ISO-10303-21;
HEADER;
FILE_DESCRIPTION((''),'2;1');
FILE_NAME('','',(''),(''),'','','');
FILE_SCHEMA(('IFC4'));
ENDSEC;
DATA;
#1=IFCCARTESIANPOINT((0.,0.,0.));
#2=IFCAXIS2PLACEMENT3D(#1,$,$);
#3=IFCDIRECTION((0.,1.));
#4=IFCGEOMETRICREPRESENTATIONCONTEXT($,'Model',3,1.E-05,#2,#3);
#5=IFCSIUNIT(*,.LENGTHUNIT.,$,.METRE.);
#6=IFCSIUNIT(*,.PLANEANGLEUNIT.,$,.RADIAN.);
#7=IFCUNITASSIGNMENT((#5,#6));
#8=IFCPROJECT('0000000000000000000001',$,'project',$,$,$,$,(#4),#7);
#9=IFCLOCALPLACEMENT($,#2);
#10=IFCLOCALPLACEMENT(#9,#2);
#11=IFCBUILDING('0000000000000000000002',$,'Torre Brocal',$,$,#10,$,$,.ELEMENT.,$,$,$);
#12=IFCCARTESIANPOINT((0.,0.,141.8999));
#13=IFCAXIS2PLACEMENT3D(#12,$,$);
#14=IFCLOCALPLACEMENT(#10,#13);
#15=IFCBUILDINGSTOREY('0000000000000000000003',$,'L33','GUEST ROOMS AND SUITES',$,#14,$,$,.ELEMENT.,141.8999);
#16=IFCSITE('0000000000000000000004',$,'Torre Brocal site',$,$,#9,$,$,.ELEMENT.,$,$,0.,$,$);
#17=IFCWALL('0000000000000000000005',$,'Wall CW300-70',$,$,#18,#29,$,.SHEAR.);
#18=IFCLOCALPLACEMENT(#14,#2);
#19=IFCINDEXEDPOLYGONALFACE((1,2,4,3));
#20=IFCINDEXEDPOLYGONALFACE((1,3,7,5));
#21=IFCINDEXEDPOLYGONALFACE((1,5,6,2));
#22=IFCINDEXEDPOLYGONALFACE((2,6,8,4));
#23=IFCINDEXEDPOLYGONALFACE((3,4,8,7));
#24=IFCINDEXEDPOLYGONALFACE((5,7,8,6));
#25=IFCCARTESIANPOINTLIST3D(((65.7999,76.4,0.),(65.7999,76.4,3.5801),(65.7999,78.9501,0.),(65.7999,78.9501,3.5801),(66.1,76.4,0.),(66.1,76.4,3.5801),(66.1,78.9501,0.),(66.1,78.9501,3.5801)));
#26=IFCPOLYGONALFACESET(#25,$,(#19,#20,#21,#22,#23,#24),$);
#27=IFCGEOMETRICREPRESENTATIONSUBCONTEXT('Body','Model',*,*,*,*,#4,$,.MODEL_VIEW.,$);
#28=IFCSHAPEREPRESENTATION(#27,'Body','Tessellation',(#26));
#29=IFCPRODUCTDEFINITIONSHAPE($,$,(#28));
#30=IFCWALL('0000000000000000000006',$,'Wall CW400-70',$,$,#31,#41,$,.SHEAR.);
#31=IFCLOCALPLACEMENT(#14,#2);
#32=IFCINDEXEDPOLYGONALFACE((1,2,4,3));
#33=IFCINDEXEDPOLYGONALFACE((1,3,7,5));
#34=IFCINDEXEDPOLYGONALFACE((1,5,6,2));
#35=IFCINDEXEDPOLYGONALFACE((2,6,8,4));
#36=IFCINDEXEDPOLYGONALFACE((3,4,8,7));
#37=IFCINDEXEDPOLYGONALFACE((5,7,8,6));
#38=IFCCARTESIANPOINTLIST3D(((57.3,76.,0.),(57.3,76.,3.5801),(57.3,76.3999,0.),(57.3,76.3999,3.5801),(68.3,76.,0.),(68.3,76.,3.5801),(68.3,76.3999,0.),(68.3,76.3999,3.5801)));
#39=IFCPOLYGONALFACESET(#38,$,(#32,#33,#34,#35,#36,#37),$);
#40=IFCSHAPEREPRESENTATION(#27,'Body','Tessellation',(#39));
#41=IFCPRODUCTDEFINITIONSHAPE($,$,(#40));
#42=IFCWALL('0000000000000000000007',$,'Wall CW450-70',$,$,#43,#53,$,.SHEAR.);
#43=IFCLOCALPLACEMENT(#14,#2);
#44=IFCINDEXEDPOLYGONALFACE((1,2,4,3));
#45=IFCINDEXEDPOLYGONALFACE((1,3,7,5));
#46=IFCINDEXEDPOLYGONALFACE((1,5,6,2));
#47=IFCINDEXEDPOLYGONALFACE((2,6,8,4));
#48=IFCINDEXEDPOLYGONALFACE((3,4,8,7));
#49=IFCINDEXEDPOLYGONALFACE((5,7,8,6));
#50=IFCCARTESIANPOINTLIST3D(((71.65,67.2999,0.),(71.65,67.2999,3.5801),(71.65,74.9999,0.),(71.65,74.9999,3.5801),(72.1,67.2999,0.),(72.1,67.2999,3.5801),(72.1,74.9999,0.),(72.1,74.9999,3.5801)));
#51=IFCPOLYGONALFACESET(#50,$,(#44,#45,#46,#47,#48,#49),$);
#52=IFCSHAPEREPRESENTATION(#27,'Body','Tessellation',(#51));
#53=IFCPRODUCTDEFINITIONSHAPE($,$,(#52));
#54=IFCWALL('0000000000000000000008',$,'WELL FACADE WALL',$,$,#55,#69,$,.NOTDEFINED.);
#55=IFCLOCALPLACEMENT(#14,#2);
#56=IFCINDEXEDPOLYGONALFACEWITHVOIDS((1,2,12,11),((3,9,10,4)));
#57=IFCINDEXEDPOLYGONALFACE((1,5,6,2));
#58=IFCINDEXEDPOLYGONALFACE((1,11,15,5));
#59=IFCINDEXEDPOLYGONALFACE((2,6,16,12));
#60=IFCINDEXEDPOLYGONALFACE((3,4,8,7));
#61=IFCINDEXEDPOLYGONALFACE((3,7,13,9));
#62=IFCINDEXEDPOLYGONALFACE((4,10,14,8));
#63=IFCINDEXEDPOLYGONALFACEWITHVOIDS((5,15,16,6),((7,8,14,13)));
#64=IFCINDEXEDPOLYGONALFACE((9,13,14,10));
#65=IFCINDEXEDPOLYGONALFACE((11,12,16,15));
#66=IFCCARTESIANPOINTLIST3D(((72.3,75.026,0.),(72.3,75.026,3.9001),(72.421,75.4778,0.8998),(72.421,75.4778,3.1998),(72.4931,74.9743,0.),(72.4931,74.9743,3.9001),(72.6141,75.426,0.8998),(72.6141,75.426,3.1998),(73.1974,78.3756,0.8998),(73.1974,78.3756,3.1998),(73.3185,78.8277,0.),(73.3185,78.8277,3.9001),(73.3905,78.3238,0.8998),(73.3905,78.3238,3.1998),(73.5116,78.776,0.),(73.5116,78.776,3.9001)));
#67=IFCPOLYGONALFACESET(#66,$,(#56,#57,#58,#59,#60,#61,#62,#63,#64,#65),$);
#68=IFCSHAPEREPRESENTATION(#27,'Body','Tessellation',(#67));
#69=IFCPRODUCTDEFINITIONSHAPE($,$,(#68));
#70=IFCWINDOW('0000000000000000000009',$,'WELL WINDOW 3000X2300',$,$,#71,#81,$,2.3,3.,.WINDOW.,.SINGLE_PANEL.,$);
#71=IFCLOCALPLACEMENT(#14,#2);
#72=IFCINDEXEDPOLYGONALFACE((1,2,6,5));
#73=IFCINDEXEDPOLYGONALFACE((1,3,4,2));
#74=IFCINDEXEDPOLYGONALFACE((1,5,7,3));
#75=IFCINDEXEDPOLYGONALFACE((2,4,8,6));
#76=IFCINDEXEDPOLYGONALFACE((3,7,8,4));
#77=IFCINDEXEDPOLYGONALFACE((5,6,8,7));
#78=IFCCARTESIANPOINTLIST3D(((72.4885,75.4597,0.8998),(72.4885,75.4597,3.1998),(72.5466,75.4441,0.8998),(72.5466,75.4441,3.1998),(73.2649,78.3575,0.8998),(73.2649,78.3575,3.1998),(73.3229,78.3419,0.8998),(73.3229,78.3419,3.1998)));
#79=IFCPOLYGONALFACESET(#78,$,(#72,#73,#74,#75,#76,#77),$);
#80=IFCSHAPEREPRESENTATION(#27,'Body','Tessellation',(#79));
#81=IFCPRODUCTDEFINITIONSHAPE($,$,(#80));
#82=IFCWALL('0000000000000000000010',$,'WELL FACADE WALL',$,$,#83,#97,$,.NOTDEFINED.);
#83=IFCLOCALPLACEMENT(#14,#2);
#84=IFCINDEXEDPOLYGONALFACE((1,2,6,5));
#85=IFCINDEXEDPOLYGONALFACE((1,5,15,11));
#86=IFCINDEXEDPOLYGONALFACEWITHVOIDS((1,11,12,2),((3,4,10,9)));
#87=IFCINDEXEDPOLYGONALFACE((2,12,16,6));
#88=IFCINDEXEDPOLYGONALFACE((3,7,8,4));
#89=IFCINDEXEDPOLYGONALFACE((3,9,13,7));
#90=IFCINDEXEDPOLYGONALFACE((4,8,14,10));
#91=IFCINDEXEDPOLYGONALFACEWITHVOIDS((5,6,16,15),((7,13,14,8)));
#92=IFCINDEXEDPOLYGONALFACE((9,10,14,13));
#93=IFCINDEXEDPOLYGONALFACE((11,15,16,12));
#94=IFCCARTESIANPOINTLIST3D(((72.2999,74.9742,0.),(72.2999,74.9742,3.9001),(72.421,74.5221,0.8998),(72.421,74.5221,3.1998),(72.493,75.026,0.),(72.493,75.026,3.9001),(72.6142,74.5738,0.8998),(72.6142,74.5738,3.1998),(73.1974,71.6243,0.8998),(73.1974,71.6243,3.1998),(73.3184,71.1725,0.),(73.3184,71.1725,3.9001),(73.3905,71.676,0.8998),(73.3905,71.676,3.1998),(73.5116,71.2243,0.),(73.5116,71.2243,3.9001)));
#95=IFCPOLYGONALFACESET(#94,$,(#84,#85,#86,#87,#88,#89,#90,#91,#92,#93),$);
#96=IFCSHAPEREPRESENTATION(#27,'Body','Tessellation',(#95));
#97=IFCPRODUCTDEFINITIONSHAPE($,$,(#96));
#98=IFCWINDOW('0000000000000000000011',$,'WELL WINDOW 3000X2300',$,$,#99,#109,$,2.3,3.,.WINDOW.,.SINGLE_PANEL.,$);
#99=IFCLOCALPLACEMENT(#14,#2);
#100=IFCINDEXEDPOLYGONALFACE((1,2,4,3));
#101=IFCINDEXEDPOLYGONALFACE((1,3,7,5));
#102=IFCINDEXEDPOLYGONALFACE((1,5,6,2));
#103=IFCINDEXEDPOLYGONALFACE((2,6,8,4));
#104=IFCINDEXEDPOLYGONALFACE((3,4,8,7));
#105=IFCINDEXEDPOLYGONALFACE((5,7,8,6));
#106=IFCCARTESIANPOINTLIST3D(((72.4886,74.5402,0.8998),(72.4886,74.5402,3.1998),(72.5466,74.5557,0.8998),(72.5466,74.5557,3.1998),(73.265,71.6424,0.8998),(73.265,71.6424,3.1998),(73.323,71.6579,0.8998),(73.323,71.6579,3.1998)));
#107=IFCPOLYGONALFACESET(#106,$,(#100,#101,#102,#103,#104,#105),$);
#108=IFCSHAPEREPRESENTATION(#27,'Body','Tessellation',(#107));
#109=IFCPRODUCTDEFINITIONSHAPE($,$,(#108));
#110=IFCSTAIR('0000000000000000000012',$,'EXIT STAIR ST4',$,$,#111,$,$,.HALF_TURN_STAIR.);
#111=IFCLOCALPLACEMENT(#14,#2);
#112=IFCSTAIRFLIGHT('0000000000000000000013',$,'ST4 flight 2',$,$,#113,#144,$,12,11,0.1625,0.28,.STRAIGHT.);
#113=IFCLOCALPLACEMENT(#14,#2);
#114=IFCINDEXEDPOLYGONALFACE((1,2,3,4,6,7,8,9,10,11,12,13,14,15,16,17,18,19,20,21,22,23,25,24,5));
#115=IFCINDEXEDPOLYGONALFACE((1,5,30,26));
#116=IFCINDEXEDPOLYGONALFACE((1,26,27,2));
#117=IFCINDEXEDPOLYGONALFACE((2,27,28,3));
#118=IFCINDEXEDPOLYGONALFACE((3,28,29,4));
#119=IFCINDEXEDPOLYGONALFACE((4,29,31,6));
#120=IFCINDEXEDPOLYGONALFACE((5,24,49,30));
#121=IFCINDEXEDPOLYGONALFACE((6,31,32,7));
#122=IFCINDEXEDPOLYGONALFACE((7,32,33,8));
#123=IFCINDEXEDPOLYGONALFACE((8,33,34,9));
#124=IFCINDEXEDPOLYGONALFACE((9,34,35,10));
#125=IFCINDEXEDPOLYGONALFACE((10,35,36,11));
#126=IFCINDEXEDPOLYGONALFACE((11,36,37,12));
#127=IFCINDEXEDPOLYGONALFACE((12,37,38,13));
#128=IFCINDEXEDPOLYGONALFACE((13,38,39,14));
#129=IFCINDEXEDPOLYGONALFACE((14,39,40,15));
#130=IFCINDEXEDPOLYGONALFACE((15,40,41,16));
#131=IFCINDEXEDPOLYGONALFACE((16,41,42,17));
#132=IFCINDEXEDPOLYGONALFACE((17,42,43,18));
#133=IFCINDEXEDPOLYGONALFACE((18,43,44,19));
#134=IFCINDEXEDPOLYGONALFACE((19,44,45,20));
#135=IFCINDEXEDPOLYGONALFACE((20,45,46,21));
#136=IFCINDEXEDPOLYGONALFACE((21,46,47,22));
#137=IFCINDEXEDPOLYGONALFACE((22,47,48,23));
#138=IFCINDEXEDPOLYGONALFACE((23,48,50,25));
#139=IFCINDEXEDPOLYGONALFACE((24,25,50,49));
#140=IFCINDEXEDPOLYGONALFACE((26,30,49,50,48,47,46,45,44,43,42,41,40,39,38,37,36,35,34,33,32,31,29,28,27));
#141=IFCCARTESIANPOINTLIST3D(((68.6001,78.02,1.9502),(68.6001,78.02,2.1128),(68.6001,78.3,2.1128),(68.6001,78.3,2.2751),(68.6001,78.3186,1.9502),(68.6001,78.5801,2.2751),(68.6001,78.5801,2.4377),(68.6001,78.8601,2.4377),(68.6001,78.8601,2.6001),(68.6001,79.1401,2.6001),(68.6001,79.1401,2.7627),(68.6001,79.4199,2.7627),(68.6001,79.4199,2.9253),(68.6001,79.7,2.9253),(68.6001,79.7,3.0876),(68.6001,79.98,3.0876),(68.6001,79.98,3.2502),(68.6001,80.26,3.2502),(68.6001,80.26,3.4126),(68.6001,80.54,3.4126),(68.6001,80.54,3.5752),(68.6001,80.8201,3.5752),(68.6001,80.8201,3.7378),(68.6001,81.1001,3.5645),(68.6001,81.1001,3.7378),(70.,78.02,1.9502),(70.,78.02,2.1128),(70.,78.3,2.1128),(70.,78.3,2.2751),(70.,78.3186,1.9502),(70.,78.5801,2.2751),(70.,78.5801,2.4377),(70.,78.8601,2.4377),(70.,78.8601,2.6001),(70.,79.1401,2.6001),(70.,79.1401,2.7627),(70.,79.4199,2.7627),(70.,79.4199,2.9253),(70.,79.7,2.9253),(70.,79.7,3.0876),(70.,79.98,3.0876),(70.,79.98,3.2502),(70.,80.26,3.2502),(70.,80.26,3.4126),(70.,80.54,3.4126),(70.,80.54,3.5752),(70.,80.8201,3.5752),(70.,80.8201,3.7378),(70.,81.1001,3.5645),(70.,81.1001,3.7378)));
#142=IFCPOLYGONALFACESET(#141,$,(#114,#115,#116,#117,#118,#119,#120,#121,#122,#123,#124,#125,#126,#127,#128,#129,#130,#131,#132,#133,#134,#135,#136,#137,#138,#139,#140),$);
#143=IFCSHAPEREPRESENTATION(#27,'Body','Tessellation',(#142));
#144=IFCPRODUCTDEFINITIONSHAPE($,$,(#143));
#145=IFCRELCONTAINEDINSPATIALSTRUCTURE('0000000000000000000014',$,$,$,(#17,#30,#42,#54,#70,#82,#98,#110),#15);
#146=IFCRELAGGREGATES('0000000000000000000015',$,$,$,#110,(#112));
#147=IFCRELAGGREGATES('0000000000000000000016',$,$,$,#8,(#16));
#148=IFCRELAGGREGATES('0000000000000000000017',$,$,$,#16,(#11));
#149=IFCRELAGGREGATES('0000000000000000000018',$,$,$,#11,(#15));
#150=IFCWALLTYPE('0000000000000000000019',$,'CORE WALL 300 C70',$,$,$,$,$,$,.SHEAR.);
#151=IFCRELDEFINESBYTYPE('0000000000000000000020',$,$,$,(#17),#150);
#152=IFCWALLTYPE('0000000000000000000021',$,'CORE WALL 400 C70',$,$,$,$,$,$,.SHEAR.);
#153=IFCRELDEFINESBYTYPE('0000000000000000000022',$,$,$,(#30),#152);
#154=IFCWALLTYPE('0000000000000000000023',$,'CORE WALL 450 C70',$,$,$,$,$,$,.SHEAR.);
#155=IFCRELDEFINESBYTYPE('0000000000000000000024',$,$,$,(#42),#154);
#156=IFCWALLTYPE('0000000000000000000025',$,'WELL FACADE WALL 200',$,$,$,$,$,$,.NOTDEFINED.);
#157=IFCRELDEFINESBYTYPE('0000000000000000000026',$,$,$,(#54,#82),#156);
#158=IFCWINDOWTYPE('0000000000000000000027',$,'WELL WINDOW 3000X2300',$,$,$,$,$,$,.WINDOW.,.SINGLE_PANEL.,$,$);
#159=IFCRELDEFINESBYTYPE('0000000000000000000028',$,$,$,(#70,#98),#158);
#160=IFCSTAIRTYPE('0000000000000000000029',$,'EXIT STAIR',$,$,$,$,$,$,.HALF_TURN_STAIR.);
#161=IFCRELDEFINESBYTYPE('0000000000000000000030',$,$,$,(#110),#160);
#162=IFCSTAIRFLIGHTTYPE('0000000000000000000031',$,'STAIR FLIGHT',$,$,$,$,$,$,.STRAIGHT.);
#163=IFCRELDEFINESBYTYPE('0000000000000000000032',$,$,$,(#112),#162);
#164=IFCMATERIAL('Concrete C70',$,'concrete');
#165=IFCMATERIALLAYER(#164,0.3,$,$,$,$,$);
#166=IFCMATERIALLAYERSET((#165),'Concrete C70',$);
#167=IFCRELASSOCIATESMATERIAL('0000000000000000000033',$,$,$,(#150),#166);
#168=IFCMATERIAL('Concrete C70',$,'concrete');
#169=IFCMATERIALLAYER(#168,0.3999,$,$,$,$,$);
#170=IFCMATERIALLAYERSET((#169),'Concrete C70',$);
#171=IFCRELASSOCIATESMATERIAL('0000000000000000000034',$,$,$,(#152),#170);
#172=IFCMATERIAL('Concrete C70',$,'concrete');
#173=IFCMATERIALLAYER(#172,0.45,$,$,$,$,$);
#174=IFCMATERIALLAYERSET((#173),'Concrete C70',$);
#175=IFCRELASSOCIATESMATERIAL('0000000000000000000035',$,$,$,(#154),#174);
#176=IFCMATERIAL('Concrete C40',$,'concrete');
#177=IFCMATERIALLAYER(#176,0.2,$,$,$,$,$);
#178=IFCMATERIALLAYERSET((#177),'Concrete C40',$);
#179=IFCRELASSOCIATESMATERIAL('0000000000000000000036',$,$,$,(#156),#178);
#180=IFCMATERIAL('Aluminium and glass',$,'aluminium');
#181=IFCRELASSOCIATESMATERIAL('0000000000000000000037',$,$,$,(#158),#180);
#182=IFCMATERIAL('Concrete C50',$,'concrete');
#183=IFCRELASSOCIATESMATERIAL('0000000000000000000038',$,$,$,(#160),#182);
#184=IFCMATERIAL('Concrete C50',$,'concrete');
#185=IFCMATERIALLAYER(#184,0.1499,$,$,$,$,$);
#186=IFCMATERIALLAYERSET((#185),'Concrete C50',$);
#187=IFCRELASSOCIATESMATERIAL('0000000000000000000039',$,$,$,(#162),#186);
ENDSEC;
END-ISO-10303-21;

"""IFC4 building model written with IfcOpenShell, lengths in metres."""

from ifc_helpers import new_model, si_unit, direction, frame, frame_2d, origin, place, context, subcontext, project, spatial, polyline, rectangle, outline, extrude, material, layer, layer_set, type_object, element, fill, aggregate, save


model = new_model("IFC4")

# Units and contexts
model_context = context("Model", 3, precision=1e-05, world=origin(), true_north=direction((0.0, 1.0)))
body_context = subcontext(model_context, "Body", "Model", "MODEL_VIEW")
ifc_project = project(units=[si_unit("LENGTHUNIT", "METRE"), si_unit("PLANEANGLEUNIT", "RADIAN")], contexts=[model_context])

# Site, building, storey
site_placement = place(None, origin())
site = spatial("IfcSite", under=ifc_project, at=site_placement, Name="Torre Brocal site", CompositionType="ELEMENT", RefElevation=0.0)
building_placement = place(site_placement, origin())
building = spatial("IfcBuilding", under=site, at=building_placement, Name="Torre Brocal", CompositionType="ELEMENT")
storey_placement = place(building_placement, frame((0.0, 0.0, 141.8999)))
storey = spatial("IfcBuildingStorey", under=building, at=storey_placement, Name="L33", Description="GUEST ROOMS AND SUITES", CompositionType="ELEMENT", Elevation=141.8999)

# Shared definitions
ifc_material_1 = material(Name="Concrete C70", Category="concrete")
ifc_layer_1 = layer(ifc_material_1, 0.3)
ifc_layer_set_1 = layer_set([ifc_layer_1], Name="Concrete C70")
wall_type_1 = type_object("IfcWallType", Name="CORE WALL 300 C70", PredefinedType="SHEAR", material=ifc_layer_set_1)

# Walls
wall_1_placement = place(storey_placement, frame((65.95, 78.95, 0.0), z_axis=(0.0, 0.0, 1.0), x_axis=(0.0, -1.0, 0.0)))
element("IfcWall", 1, at=wall_1_placement, inside=storey, type_object=wall_type_1, Name="Wall CW300-70", PredefinedType="SHEAR", context=body_context, shape_type="SweptSolid", body=[
    extrude(rectangle(XDim=2.55, YDim=0.3, at=frame_2d((1.2749, 0.0))), origin(), (0.0, 0.0, 1.0), 3.5801),
])
ifc_material_2 = material(Name="Concrete C70", Category="concrete")
ifc_layer_2 = layer(ifc_material_2, 0.3999)
ifc_layer_set_2 = layer_set([ifc_layer_2], Name="Concrete C70")
wall_type_2 = type_object("IfcWallType", Name="CORE WALL 400 C70", PredefinedType="SHEAR", material=ifc_layer_set_2)
wall_2_placement = place(storey_placement, frame((68.3, 76.2, 0.0), z_axis=(0.0, 0.0, 1.0), x_axis=(-1.0, 0.0, 0.0)))
element("IfcWall", 2, at=wall_2_placement, inside=storey, type_object=wall_type_2, Name="Wall CW400-70", PredefinedType="SHEAR", context=body_context, shape_type="SweptSolid", body=[
    extrude(rectangle(XDim=11.0, YDim=0.3999, at=frame_2d((5.5, 0.0))), origin(), (0.0, 0.0, 1.0), 3.5801),
])
ifc_material_3 = material(Name="Concrete C70", Category="concrete")
ifc_layer_3 = layer(ifc_material_3, 0.45)
ifc_layer_set_3 = layer_set([ifc_layer_3], Name="Concrete C70")
wall_type_3 = type_object("IfcWallType", Name="CORE WALL 450 C70", PredefinedType="SHEAR", material=ifc_layer_set_3)
wall_3_placement = place(storey_placement, frame((71.875, 75.0, 0.0), z_axis=(0.0, 0.0, 1.0), x_axis=(0.0, -1.0, 0.0)))
element("IfcWall", 3, at=wall_3_placement, inside=storey, type_object=wall_type_3, Name="Wall CW450-70", PredefinedType="SHEAR", context=body_context, shape_type="SweptSolid", body=[
    extrude(rectangle(XDim=7.7, YDim=0.45, at=frame_2d((3.8501, 0.0))), origin(), (0.0, 0.0, 1.0), 3.5801),
])

# Walls, openings, windows
ifc_material_4 = material(Name="Concrete C40", Category="concrete")
ifc_layer_4 = layer(ifc_material_4, 0.2)
ifc_layer_set_4 = layer_set([ifc_layer_4], Name="Concrete C40")
wall_type_4 = type_object("IfcWallType", Name="WELL FACADE WALL 200", PredefinedType="NOTDEFINED", material=ifc_layer_set_4)
wall_4_placement = place(storey_placement, frame((73.415, 78.8018, 0.0), z_axis=(0.0, 0.0, 1.0), x_axis=(-0.25879, -0.965934, 0.0)))
wall_4 = element("IfcWall", 4, at=wall_4_placement, inside=storey, type_object=wall_type_4, Name="WELL FACADE WALL", PredefinedType="NOTDEFINED", context=body_context, shape_type="SweptSolid", body=[
    extrude(rectangle(XDim=3.9358, YDim=0.2, at=frame_2d((1.9678, 0.0))), origin(), (0.0, 0.0, 1.0), 3.9001),
])
opening_1_placement = place(wall_4_placement, frame((0.468, 0.0, 0.8999)))
opening_1 = element("IfcOpeningElement", 5, at=opening_1_placement, cuts=wall_4, PredefinedType="OPENING", context=body_context, shape_type="SweptSolid", body=[
    extrude(rectangle(XDim=3.0, YDim=2.3, at=frame_2d((1.5, 1.1499))), frame((0.0, 0.1099, 0.0), z_axis=(0.0, -1.0, 0.0), x_axis=(1.0, 0.0, 0.0)), (0.0, 0.0, 1.0), 0.22),
])
ifc_material_5 = material(Name="Aluminium and glass", Category="aluminium")
window_type = type_object("IfcWindowType", Name="WELL WINDOW 3000X2300", PartitioningType="SINGLE_PANEL", PredefinedType="WINDOW", material=ifc_material_5)
window_1_placement = place(opening_1_placement, origin())
window_1 = element("IfcWindow", 6, at=window_1_placement, inside=storey, type_object=window_type, Name="WELL WINDOW 3000X2300", OverallHeight=2.3, OverallWidth=3.0, PartitioningType="SINGLE_PANEL", PredefinedType="WINDOW", context=body_context, shape_type="SweptSolid", body=[
    extrude(rectangle(XDim=3.0, YDim=2.3, at=frame_2d((1.5, 1.1499))), frame((0.0, 0.03, 0.0), z_axis=(0.0, -1.0, 0.0), x_axis=(1.0, 0.0, 0.0)), (0.0, 0.0, 1.0), 0.0601),
])
fill(opening_1, window_1)
wall_5_placement = place(storey_placement, frame((72.3965, 75.0, 0.0), z_axis=(0.0, 0.0, 1.0), x_axis=(0.25879, -0.965934, 0.0)))
wall_5 = element("IfcWall", 7, at=wall_5_placement, inside=storey, type_object=wall_type_4, Name="WELL FACADE WALL", PredefinedType="NOTDEFINED", context=body_context, shape_type="SweptSolid", body=[
    extrude(rectangle(XDim=3.9358, YDim=0.2, at=frame_2d((1.9678, 0.0))), origin(), (0.0, 0.0, 1.0), 3.9001),
])
opening_2_placement = place(wall_5_placement, frame((0.468, 0.0, 0.8999)))
opening_2 = element("IfcOpeningElement", 8, at=opening_2_placement, cuts=wall_5, PredefinedType="OPENING", context=body_context, shape_type="SweptSolid", body=[
    extrude(rectangle(XDim=3.0, YDim=2.3, at=frame_2d((1.5, 1.1499))), frame((0.0, 0.1099, 0.0), z_axis=(0.0, -1.0, 0.0), x_axis=(1.0, 0.0, 0.0)), (0.0, 0.0, 1.0), 0.22),
])
window_2_placement = place(opening_2_placement, origin())
window_2 = element("IfcWindow", 9, at=window_2_placement, inside=storey, type_object=window_type, Name="WELL WINDOW 3000X2300", OverallHeight=2.3, OverallWidth=3.0, PartitioningType="SINGLE_PANEL", PredefinedType="WINDOW", context=body_context, shape_type="SweptSolid", body=[
    extrude(rectangle(XDim=3.0, YDim=2.3, at=frame_2d((1.5, 1.1499))), frame((0.0, 0.03, 0.0), z_axis=(0.0, -1.0, 0.0), x_axis=(1.0, 0.0, 0.0)), (0.0, 0.0, 1.0), 0.0601),
])
fill(opening_2, window_2)

# Stair, stair flight
ifc_material_6 = material(Name="Concrete C50", Category="concrete")
stair_type = type_object("IfcStairType", Name="EXIT STAIR", PredefinedType="HALF_TURN_STAIR", material=ifc_material_6)
stair_placement = place(storey_placement, origin())
stair = element("IfcStair", 10, at=stair_placement, inside=storey, type_object=stair_type, Name="EXIT STAIR ST4", PredefinedType="HALF_TURN_STAIR")
ifc_material_7 = material(Name="Concrete C50", Category="concrete")
ifc_layer_5 = layer(ifc_material_7, 0.1499)
ifc_layer_set_5 = layer_set([ifc_layer_5], Name="Concrete C50")
stair_flight_type = type_object("IfcStairFlightType", Name="STAIR FLIGHT", PredefinedType="STRAIGHT", material=ifc_layer_set_5)
stair_flight_placement = place(storey_placement, frame((69.3, 78.02, 1.9502), z_axis=(0.0, 0.0, 1.0), x_axis=(0.0, 1.0, 0.0)))
stair_flight = element("IfcStairFlight", 11, at=stair_flight_placement, type_object=stair_flight_type, Name="ST4 flight 2", NumberOfRisers=12, NumberOfTreads=11, PredefinedType="STRAIGHT", RiserHeight=0.1625, TreadLength=0.28, context=body_context, shape_type="SweptSolid", body=[
    extrude(outline(polyline([(0.0, 0.0), (0.0, 0.1626), (0.28, 0.1626), (0.28, 0.325), (0.5601, 0.325), (0.5601, 0.4875), (0.8401, 0.4875), (0.8401, 0.6499), (1.1201, 0.6499), (1.1201, 0.8125), (1.3999, 0.8125), (1.3999, 0.9751), (1.6799, 0.9751), (1.6799, 1.1375), (1.96, 1.1375), (1.96, 1.3), (2.24, 1.3), (2.24, 1.4624), (2.52, 1.4624), (2.52, 1.625), (2.8, 1.625), (2.8, 1.7876), (3.0801, 1.7876), (3.0801, 1.95), (3.0801, 1.6143), (0.2986, 0.0), (0.0, 0.0)])), frame((0.0, 0.7, 0.0), z_axis=(0.0, -1.0, 0.0), x_axis=(1.0, 0.0, 0.0)), (0.0, 0.0, 1.0), 1.3999),
])
aggregate(stair, [stair_flight])

save(model, "model.ifc")
